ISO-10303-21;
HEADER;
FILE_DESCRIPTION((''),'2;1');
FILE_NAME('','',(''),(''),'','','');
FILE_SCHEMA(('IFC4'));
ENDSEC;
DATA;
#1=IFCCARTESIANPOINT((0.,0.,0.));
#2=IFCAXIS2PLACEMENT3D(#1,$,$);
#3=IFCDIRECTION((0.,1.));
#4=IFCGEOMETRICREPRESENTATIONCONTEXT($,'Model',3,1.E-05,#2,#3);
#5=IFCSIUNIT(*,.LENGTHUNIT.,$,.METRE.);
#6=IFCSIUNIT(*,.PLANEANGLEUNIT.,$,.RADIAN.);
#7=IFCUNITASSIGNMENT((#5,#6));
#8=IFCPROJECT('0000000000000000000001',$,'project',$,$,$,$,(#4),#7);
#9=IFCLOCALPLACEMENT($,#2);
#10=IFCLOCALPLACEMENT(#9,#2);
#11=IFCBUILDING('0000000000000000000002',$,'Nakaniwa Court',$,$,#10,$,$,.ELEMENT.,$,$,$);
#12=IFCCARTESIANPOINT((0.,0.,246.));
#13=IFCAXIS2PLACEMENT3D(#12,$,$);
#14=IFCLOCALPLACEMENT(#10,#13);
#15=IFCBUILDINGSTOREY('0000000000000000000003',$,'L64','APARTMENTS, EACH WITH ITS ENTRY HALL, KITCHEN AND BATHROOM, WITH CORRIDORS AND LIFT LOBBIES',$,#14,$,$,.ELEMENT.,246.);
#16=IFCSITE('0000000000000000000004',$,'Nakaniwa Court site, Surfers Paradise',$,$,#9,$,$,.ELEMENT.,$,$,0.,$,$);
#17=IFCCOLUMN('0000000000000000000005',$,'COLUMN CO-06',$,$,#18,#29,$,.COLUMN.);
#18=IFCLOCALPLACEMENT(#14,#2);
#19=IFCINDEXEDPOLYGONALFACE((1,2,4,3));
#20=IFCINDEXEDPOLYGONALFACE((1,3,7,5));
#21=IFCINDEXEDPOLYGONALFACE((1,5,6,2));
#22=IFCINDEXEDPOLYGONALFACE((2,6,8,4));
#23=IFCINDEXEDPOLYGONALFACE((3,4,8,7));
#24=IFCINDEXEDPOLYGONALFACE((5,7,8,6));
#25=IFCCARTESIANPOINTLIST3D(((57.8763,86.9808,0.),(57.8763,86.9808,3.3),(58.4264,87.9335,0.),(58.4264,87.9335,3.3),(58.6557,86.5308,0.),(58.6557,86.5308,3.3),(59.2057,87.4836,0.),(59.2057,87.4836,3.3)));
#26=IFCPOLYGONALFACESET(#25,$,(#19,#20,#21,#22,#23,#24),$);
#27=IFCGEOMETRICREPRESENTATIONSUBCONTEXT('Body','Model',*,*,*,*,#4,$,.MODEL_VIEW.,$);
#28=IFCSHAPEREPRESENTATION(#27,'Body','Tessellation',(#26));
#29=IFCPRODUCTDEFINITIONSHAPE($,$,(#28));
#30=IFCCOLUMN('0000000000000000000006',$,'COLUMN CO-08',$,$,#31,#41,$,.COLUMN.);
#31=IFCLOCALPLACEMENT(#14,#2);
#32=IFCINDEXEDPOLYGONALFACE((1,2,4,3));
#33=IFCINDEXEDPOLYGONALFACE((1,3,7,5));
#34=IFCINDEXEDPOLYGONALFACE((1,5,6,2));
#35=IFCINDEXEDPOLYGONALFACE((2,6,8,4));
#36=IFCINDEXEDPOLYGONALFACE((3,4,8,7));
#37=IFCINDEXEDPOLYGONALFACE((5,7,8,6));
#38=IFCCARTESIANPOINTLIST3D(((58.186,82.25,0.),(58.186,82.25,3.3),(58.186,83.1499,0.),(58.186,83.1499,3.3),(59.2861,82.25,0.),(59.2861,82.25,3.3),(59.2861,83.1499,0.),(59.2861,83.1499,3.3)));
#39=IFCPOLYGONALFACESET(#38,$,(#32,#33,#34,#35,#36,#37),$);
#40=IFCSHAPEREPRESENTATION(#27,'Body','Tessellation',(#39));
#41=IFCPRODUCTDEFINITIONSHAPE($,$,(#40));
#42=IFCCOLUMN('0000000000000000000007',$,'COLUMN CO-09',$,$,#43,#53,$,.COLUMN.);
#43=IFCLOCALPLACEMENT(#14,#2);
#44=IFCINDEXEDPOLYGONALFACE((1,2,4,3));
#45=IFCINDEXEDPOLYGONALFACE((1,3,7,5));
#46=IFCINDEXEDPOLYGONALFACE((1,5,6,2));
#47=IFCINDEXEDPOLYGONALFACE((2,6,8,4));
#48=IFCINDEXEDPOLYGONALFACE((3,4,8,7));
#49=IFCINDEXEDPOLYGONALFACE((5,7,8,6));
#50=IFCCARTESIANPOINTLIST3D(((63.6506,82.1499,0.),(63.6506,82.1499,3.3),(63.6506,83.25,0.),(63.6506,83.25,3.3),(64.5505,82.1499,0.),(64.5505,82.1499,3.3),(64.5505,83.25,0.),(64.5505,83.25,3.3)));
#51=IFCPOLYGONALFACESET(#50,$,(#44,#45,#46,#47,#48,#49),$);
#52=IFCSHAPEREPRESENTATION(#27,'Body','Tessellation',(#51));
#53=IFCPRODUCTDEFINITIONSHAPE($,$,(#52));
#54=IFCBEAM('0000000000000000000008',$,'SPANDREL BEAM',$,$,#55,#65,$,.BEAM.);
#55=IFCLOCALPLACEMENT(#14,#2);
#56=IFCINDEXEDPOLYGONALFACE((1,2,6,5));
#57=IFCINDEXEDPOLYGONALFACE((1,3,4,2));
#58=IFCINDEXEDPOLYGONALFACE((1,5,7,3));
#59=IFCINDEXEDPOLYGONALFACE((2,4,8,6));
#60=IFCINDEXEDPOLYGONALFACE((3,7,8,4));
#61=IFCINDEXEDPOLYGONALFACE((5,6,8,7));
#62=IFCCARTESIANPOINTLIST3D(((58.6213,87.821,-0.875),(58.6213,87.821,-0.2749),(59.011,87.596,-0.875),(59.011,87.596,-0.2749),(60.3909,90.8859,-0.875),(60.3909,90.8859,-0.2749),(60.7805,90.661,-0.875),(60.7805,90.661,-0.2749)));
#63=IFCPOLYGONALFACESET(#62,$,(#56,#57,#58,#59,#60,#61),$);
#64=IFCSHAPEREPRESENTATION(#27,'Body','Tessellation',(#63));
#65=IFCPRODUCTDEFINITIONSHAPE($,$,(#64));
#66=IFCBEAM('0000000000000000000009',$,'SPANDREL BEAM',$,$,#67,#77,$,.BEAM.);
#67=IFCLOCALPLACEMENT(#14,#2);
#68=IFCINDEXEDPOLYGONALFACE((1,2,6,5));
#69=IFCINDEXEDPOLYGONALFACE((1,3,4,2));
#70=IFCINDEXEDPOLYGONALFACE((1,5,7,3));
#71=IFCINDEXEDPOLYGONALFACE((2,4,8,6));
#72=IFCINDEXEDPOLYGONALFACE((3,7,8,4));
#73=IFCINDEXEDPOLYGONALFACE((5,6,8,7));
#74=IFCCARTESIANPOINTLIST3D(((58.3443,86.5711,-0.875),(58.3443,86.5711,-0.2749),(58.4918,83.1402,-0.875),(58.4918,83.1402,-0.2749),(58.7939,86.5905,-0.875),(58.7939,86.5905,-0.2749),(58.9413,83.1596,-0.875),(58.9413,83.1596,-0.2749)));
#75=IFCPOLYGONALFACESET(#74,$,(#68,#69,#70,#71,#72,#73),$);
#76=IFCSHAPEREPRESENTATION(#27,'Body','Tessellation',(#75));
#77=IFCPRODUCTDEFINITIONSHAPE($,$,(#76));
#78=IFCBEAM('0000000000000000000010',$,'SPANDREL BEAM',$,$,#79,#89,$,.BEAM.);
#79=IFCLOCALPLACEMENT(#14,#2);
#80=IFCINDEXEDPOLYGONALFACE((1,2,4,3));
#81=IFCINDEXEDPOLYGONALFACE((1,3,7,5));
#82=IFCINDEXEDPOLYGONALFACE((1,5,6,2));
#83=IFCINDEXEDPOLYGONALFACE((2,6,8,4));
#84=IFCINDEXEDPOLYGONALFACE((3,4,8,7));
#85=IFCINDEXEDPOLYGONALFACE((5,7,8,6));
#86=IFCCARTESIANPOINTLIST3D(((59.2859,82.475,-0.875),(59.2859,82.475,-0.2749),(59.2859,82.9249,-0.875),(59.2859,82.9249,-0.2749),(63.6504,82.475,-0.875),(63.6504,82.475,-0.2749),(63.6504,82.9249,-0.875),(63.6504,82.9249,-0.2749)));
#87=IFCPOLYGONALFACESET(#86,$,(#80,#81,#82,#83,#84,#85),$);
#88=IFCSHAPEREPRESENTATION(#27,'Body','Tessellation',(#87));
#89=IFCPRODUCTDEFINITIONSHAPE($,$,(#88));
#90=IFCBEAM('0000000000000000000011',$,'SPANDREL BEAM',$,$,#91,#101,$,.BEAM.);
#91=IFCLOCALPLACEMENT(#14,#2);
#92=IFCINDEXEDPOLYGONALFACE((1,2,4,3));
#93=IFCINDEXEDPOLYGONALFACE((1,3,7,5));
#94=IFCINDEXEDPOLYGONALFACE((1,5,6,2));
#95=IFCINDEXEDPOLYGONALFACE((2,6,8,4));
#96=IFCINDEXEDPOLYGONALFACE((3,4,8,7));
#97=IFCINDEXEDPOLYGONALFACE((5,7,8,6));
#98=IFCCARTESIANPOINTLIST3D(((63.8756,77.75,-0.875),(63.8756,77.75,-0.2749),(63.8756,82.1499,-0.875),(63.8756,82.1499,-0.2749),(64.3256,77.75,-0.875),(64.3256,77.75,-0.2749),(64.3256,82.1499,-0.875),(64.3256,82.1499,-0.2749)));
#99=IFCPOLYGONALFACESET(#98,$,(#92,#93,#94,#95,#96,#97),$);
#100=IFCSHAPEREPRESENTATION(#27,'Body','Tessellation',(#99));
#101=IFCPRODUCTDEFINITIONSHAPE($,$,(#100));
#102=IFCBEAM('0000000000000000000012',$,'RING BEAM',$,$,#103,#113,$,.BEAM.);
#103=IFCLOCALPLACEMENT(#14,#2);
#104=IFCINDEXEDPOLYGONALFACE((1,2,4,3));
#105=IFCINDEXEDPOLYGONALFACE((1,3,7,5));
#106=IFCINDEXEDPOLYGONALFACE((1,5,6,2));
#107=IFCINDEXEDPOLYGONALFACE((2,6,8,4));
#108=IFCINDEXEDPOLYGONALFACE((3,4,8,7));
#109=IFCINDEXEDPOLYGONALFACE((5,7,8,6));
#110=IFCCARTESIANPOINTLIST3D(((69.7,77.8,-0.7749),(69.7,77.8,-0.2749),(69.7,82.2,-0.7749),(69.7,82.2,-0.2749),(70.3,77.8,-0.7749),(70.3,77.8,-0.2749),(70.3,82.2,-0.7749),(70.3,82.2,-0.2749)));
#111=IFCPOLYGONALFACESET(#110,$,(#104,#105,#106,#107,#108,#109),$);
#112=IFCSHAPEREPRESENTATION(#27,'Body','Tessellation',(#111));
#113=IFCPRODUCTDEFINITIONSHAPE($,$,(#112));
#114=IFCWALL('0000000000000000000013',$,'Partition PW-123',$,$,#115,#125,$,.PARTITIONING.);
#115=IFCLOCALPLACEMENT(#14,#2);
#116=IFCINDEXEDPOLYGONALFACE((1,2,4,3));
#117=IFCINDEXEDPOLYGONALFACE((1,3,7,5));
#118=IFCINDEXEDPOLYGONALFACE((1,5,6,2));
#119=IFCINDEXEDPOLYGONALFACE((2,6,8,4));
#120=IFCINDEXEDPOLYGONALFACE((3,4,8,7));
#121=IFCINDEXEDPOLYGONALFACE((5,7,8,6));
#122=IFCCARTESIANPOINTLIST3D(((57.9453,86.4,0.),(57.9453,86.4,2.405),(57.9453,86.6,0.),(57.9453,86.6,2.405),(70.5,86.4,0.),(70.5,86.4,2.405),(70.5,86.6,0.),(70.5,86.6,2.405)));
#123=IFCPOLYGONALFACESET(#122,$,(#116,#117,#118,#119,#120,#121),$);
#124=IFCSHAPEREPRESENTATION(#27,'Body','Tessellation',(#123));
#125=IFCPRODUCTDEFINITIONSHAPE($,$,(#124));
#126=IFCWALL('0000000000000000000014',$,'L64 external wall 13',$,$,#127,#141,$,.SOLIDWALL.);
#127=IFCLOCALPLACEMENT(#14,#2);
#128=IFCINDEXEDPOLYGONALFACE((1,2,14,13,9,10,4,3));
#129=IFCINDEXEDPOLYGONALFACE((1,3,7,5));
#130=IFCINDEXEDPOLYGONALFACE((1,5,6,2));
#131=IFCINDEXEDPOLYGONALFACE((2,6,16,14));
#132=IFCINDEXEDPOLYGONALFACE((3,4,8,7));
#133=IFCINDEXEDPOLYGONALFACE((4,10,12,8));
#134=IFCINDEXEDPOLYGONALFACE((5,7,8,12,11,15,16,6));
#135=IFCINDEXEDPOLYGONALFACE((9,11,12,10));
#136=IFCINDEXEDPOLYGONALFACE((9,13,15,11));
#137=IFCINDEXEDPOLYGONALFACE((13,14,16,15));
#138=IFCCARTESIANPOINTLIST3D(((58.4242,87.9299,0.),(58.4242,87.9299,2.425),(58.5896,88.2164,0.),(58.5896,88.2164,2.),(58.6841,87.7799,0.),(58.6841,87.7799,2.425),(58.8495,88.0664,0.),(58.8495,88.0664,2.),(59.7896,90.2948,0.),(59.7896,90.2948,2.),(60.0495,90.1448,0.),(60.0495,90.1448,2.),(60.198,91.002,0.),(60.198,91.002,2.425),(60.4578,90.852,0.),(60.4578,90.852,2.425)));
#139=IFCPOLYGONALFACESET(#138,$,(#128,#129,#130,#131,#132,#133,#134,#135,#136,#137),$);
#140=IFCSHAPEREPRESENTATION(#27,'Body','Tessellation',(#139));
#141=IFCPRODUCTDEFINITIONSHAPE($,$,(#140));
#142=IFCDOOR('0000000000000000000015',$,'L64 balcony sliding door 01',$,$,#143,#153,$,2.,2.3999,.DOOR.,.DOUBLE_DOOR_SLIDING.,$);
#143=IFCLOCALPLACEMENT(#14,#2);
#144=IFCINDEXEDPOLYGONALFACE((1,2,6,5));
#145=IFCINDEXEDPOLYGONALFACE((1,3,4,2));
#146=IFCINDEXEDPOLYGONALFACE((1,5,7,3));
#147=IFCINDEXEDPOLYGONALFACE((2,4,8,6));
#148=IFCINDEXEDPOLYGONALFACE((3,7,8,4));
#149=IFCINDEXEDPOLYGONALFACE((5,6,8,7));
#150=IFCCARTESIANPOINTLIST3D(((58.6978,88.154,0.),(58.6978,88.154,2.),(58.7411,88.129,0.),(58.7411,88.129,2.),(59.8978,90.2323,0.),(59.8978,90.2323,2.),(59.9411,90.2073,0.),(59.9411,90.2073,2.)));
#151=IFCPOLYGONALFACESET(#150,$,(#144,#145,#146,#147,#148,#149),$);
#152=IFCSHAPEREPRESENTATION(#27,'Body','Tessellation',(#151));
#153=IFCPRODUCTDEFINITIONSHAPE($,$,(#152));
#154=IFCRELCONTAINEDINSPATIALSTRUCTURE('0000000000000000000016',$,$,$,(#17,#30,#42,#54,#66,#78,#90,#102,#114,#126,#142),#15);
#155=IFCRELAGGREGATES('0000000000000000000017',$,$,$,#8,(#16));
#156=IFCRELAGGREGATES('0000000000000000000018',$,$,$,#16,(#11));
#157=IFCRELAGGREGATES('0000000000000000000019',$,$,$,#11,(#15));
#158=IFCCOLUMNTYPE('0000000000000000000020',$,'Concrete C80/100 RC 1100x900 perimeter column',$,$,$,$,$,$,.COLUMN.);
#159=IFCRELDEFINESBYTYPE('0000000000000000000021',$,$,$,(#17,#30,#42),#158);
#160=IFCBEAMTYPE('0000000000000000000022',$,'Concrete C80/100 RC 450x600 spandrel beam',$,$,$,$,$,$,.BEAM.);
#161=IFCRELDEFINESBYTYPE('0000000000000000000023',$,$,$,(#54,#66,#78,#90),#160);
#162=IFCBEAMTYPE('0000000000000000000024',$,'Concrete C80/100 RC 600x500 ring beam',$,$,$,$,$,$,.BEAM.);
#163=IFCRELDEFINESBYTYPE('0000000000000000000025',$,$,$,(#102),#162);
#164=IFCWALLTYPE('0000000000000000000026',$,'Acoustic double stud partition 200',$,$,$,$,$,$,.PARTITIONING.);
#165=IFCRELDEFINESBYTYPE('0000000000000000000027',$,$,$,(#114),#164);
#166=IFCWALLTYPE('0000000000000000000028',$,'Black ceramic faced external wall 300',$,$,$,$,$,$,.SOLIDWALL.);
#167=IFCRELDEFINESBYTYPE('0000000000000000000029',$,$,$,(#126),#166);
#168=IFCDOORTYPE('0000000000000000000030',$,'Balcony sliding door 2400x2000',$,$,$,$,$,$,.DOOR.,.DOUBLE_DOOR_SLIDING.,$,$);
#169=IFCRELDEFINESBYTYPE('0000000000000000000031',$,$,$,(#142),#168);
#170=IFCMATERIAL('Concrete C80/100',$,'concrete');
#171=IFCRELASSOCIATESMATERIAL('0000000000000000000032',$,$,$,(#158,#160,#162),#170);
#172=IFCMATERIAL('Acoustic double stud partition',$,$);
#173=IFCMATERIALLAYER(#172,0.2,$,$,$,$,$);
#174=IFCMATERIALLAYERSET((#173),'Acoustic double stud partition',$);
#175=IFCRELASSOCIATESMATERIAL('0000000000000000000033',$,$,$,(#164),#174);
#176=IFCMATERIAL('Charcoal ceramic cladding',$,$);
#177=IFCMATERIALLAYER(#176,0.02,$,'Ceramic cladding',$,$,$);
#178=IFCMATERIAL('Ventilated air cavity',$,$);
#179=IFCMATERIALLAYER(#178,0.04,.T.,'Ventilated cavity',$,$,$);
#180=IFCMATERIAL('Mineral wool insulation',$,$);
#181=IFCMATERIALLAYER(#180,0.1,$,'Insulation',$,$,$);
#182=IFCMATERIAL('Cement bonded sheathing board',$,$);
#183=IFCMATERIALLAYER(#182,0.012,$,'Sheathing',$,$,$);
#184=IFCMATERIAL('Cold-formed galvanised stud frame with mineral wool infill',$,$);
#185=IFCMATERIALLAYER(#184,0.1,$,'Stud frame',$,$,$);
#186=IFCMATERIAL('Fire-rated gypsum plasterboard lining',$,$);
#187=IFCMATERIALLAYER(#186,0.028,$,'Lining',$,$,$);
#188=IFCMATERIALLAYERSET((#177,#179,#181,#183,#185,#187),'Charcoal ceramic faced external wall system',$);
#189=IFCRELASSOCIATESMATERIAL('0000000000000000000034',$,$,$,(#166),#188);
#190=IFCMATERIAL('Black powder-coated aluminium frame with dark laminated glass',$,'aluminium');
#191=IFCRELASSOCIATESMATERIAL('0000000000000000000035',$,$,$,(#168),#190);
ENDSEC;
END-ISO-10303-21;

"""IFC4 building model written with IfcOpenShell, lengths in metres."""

from ifc_helpers import new_model, si_unit, direction, frame, frame_2d, origin, origin_2d, place, context, subcontext, project, spatial, rectangle, extrude, material, layer, layer_set, material_profile, profile_set, type_object, element, fill, save


model = new_model("IFC4")

# Units and contexts
model_context = context("Model", 3, precision=1e-05, world=origin(), true_north=direction((0.0, 1.0)))
body_context = subcontext(model_context, "Body", "Model", "MODEL_VIEW")
ifc_project = project(units=[si_unit("LENGTHUNIT", "METRE"), si_unit("PLANEANGLEUNIT", "RADIAN")], contexts=[model_context])

# Site, building, storey
site_placement = place(None, origin())
site = spatial("IfcSite", under=ifc_project, at=site_placement, Name="Nakaniwa Court site, Surfers Paradise", CompositionType="ELEMENT", RefElevation=0.0)
building_placement = place(site_placement, origin())
building = spatial("IfcBuilding", under=site, at=building_placement, Name="Nakaniwa Court", CompositionType="ELEMENT")
storey_placement = place(building_placement, frame((0.0, 0.0, 246.0)))
storey = spatial("IfcBuildingStorey", under=building, at=storey_placement, Name="L64", Description="APARTMENTS, EACH WITH ITS ENTRY HALL, KITCHEN AND BATHROOM, WITH CORRIDORS AND LIFT LOBBIES", CompositionType="ELEMENT", Elevation=246.0)

# Columns
ifc_material_1 = material(Name="Concrete C80/100", Category="concrete")
ifc_material_profile_1 = material_profile(ifc_material_1, rectangle(XDim=1.1001, YDim=0.8999, at=origin_2d()), Name="Concrete C80/100 RC 1100x900 perimeter column")
ifc_profile_set_1 = profile_set([ifc_material_profile_1], Name="Concrete C80/100")
column_type = type_object("IfcColumnType", Name="Concrete C80/100 RC 1100x900 perimeter column", PredefinedType="COLUMN", material=ifc_profile_set_1)
for number, where, z_axis, x_axis, name in (
    (1, (58.541, 87.2322, 0.0), (0.0, 0.0, 1.0), (-0.5, -0.866025, 0.0), "COLUMN CO-06"),
    (2, (58.7361, 82.7, 0.0), (0.0, 0.0, 1.0), (1.0, 0.0, 0.0), "COLUMN CO-08"),
    (3, (64.1006, 82.7, 0.0), (0.0, 0.0, 1.0), (0.0, -1.0, 0.0), "COLUMN CO-09"),
):
    element("IfcColumn", number, at=place(storey_placement, frame(where, z_axis=z_axis, x_axis=x_axis)), inside=storey, type_object=column_type, Name=name, PredefinedType="COLUMN", context=body_context, shape_type="SweptSolid", body=[
        extrude(rectangle(XDim=1.1001, YDim=0.8999, at=origin_2d()), origin(), (0.0, 0.0, 1.0), 3.3),
    ])

# Beams
ifc_material_profile_2 = material_profile(ifc_material_1, rectangle(XDim=0.45, YDim=0.6001, at=origin_2d()), Name="Concrete C80/100 RC 450x600 spandrel beam")
ifc_profile_set_2 = profile_set([ifc_material_profile_2], Name="Concrete C80/100")
beam_type_1 = type_object("IfcBeamType", Name="Concrete C80/100 RC 450x600 spandrel beam", PredefinedType="BEAM", material=ifc_profile_set_2)
beam_1_placement = place(storey_placement, frame((60.5857, 90.7734, -0.575), z_axis=(-0.499997, -0.866027, 0.0), x_axis=(0.866027, -0.499997, 0.0)))
element("IfcBeam", 4, at=beam_1_placement, inside=storey, type_object=beam_type_1, Name="SPANDREL BEAM", PredefinedType="BEAM", context=body_context, shape_type="SweptSolid", body=[
    extrude(rectangle(XDim=0.45, YDim=0.6001, at=origin_2d()), origin(), (0.0, 0.0, 1.0), 3.5391),
])
beam_2_placement = place(storey_placement, frame((58.5691, 86.5808, -0.575), z_axis=(0.042941, -0.999078, 0.0), x_axis=(0.999078, 0.042941, 0.0)))
element("IfcBeam", 5, at=beam_2_placement, inside=storey, type_object=beam_type_1, Name="SPANDREL BEAM", PredefinedType="BEAM", context=body_context, shape_type="SweptSolid", body=[
    extrude(rectangle(XDim=0.45, YDim=0.6001, at=origin_2d()), origin(), (0.0, 0.0, 1.0), 3.4341),
])
beam_3_placement = place(storey_placement, frame((59.2859, 82.7, -0.575), z_axis=(1.0, 0.0, 0.0), x_axis=(0.0, 1.0, 0.0)))
element("IfcBeam", 6, at=beam_3_placement, inside=storey, type_object=beam_type_1, Name="SPANDREL BEAM", PredefinedType="BEAM", context=body_context, shape_type="SweptSolid", body=[
    extrude(rectangle(XDim=0.45, YDim=0.6001, at=origin_2d()), origin(), (0.0, 0.0, 1.0), 4.3645),
])
beam_4_placement = place(storey_placement, frame((64.1006, 82.1499, -0.575), z_axis=(0.0, -1.0, 0.0), x_axis=(1.0, 0.0, 0.0)))
element("IfcBeam", 7, at=beam_4_placement, inside=storey, type_object=beam_type_1, Name="SPANDREL BEAM", PredefinedType="BEAM", context=body_context, shape_type="SweptSolid", body=[
    extrude(rectangle(XDim=0.45, YDim=0.6001, at=origin_2d()), origin(), (0.0, 0.0, 1.0), 4.3999),
])
ifc_material_profile_3 = material_profile(ifc_material_1, rectangle(XDim=0.6001, YDim=0.5, at=origin_2d()), Name="Concrete C80/100 RC 600x500 ring beam")
ifc_profile_set_3 = profile_set([ifc_material_profile_3], Name="Concrete C80/100")
beam_type_2 = type_object("IfcBeamType", Name="Concrete C80/100 RC 600x500 ring beam", PredefinedType="BEAM", material=ifc_profile_set_3)
beam_5_placement = place(storey_placement, frame((70.0, 82.2, -0.5249), z_axis=(0.0, -1.0, 0.0), x_axis=(1.0, 0.0, 0.0)))
element("IfcBeam", 8, at=beam_5_placement, inside=storey, type_object=beam_type_2, Name="RING BEAM", PredefinedType="BEAM", context=body_context, shape_type="SweptSolid", body=[
    extrude(rectangle(XDim=0.6001, YDim=0.5, at=origin_2d()), origin(), (0.0, 0.0, 1.0), 4.3999),
])

# Wall
ifc_material_2 = material(Name="Acoustic double stud partition")
ifc_layer_1 = layer(ifc_material_2, 0.2)
ifc_layer_set_1 = layer_set([ifc_layer_1], Name="Acoustic double stud partition")
wall_type_1 = type_object("IfcWallType", Name="Acoustic double stud partition 200", PredefinedType="PARTITIONING", material=ifc_layer_set_1)
wall_1_placement = place(storey_placement, frame((57.9453, 86.5, 0.0), z_axis=(0.0, 0.0, 1.0), x_axis=(1.0, 0.0, 0.0)))
element("IfcWall", 9, at=wall_1_placement, inside=storey, type_object=wall_type_1, Name="Partition PW-123", PredefinedType="PARTITIONING", context=body_context, shape_type="SweptSolid", body=[
    extrude(rectangle(XDim=12.5547, YDim=0.2, at=frame_2d((6.2773, 0.0))), origin(), (0.0, 0.0, 1.0), 2.405),
])

# Wall, opening, door
ifc_material_3 = material(Name="Charcoal ceramic cladding")
ifc_layer_2 = layer(ifc_material_3, 0.02, Name="Ceramic cladding")
ifc_material_4 = material(Name="Ventilated air cavity")
ifc_layer_3 = layer(ifc_material_4, 0.04, ventilated=True, Name="Ventilated cavity")
ifc_material_5 = material(Name="Mineral wool insulation")
ifc_layer_4 = layer(ifc_material_5, 0.1, Name="Insulation")
ifc_material_6 = material(Name="Cement bonded sheathing board")
ifc_layer_5 = layer(ifc_material_6, 0.012, Name="Sheathing")
ifc_material_7 = material(Name="Cold-formed galvanised stud frame with mineral wool infill")
ifc_layer_6 = layer(ifc_material_7, 0.1, Name="Stud frame")
ifc_material_8 = material(Name="Fire-rated gypsum plasterboard lining")
ifc_layer_7 = layer(ifc_material_8, 0.028, Name="Lining")
ifc_layer_set_2 = layer_set([ifc_layer_2, ifc_layer_3, ifc_layer_4, ifc_layer_5, ifc_layer_6, ifc_layer_7], Name="Charcoal ceramic faced external wall system")
wall_type_2 = type_object("IfcWallType", Name="Black ceramic faced external wall 300", PredefinedType="SOLIDWALL", material=ifc_layer_set_2)
wall_2_placement = place(storey_placement, frame((60.3279, 90.927, 0.0), z_axis=(0.0, 0.0, 1.0), x_axis=(-0.50001, -0.866019, 0.0)))
wall_2 = element("IfcWall", 10, at=wall_2_placement, inside=storey, type_object=wall_type_2, Name="L64 external wall 13", PredefinedType="SOLIDWALL", context=body_context, shape_type="SweptSolid", body=[
    extrude(rectangle(XDim=3.5474, YDim=0.3, at=frame_2d((1.7737, 0.0))), origin(), (0.0, 0.0, 1.0), 2.425),
])
opening_1_placement = place(wall_2_placement, frame((0.8167, 0.0, 0.0)))
opening_1 = element("IfcOpeningElement", 11, at=opening_1_placement, cuts=wall_2, PredefinedType="OPENING", context=body_context, shape_type="SweptSolid", body=[
    extrude(rectangle(XDim=2.3999, YDim=2.0, at=frame_2d((1.2, 1.0))), frame((0.0, 0.1599, 0.0), z_axis=(0.0, -1.0, 0.0), x_axis=(1.0, 0.0, 0.0)), (0.0, 0.0, 1.0), 0.3201),
])
ifc_material_9 = material(Name="Black powder-coated aluminium frame with dark laminated glass", Category="aluminium")
door_type_1 = type_object("IfcDoorType", Name="Balcony sliding door 2400x2000", OperationType="DOUBLE_DOOR_SLIDING", PredefinedType="DOOR", material=ifc_material_9)
door_1_placement = place(opening_1_placement, origin())
door_1 = element("IfcDoor", 12, at=door_1_placement, inside=storey, type_object=door_type_1, Name="L64 balcony sliding door 01", OperationType="DOUBLE_DOOR_SLIDING", OverallHeight=2.0, OverallWidth=2.3999, PredefinedType="DOOR", context=body_context, shape_type="SweptSolid", body=[
    extrude(rectangle(XDim=2.3999, YDim=2.0, at=frame_2d((1.2, 1.0))), frame((0.0, 0.0249, 0.0), z_axis=(0.0, -1.0, 0.0), x_axis=(1.0, 0.0, 0.0)), (0.0, 0.0, 1.0), 0.05),
])
fill(opening_1, door_1)

save(model, "model.ifc")
